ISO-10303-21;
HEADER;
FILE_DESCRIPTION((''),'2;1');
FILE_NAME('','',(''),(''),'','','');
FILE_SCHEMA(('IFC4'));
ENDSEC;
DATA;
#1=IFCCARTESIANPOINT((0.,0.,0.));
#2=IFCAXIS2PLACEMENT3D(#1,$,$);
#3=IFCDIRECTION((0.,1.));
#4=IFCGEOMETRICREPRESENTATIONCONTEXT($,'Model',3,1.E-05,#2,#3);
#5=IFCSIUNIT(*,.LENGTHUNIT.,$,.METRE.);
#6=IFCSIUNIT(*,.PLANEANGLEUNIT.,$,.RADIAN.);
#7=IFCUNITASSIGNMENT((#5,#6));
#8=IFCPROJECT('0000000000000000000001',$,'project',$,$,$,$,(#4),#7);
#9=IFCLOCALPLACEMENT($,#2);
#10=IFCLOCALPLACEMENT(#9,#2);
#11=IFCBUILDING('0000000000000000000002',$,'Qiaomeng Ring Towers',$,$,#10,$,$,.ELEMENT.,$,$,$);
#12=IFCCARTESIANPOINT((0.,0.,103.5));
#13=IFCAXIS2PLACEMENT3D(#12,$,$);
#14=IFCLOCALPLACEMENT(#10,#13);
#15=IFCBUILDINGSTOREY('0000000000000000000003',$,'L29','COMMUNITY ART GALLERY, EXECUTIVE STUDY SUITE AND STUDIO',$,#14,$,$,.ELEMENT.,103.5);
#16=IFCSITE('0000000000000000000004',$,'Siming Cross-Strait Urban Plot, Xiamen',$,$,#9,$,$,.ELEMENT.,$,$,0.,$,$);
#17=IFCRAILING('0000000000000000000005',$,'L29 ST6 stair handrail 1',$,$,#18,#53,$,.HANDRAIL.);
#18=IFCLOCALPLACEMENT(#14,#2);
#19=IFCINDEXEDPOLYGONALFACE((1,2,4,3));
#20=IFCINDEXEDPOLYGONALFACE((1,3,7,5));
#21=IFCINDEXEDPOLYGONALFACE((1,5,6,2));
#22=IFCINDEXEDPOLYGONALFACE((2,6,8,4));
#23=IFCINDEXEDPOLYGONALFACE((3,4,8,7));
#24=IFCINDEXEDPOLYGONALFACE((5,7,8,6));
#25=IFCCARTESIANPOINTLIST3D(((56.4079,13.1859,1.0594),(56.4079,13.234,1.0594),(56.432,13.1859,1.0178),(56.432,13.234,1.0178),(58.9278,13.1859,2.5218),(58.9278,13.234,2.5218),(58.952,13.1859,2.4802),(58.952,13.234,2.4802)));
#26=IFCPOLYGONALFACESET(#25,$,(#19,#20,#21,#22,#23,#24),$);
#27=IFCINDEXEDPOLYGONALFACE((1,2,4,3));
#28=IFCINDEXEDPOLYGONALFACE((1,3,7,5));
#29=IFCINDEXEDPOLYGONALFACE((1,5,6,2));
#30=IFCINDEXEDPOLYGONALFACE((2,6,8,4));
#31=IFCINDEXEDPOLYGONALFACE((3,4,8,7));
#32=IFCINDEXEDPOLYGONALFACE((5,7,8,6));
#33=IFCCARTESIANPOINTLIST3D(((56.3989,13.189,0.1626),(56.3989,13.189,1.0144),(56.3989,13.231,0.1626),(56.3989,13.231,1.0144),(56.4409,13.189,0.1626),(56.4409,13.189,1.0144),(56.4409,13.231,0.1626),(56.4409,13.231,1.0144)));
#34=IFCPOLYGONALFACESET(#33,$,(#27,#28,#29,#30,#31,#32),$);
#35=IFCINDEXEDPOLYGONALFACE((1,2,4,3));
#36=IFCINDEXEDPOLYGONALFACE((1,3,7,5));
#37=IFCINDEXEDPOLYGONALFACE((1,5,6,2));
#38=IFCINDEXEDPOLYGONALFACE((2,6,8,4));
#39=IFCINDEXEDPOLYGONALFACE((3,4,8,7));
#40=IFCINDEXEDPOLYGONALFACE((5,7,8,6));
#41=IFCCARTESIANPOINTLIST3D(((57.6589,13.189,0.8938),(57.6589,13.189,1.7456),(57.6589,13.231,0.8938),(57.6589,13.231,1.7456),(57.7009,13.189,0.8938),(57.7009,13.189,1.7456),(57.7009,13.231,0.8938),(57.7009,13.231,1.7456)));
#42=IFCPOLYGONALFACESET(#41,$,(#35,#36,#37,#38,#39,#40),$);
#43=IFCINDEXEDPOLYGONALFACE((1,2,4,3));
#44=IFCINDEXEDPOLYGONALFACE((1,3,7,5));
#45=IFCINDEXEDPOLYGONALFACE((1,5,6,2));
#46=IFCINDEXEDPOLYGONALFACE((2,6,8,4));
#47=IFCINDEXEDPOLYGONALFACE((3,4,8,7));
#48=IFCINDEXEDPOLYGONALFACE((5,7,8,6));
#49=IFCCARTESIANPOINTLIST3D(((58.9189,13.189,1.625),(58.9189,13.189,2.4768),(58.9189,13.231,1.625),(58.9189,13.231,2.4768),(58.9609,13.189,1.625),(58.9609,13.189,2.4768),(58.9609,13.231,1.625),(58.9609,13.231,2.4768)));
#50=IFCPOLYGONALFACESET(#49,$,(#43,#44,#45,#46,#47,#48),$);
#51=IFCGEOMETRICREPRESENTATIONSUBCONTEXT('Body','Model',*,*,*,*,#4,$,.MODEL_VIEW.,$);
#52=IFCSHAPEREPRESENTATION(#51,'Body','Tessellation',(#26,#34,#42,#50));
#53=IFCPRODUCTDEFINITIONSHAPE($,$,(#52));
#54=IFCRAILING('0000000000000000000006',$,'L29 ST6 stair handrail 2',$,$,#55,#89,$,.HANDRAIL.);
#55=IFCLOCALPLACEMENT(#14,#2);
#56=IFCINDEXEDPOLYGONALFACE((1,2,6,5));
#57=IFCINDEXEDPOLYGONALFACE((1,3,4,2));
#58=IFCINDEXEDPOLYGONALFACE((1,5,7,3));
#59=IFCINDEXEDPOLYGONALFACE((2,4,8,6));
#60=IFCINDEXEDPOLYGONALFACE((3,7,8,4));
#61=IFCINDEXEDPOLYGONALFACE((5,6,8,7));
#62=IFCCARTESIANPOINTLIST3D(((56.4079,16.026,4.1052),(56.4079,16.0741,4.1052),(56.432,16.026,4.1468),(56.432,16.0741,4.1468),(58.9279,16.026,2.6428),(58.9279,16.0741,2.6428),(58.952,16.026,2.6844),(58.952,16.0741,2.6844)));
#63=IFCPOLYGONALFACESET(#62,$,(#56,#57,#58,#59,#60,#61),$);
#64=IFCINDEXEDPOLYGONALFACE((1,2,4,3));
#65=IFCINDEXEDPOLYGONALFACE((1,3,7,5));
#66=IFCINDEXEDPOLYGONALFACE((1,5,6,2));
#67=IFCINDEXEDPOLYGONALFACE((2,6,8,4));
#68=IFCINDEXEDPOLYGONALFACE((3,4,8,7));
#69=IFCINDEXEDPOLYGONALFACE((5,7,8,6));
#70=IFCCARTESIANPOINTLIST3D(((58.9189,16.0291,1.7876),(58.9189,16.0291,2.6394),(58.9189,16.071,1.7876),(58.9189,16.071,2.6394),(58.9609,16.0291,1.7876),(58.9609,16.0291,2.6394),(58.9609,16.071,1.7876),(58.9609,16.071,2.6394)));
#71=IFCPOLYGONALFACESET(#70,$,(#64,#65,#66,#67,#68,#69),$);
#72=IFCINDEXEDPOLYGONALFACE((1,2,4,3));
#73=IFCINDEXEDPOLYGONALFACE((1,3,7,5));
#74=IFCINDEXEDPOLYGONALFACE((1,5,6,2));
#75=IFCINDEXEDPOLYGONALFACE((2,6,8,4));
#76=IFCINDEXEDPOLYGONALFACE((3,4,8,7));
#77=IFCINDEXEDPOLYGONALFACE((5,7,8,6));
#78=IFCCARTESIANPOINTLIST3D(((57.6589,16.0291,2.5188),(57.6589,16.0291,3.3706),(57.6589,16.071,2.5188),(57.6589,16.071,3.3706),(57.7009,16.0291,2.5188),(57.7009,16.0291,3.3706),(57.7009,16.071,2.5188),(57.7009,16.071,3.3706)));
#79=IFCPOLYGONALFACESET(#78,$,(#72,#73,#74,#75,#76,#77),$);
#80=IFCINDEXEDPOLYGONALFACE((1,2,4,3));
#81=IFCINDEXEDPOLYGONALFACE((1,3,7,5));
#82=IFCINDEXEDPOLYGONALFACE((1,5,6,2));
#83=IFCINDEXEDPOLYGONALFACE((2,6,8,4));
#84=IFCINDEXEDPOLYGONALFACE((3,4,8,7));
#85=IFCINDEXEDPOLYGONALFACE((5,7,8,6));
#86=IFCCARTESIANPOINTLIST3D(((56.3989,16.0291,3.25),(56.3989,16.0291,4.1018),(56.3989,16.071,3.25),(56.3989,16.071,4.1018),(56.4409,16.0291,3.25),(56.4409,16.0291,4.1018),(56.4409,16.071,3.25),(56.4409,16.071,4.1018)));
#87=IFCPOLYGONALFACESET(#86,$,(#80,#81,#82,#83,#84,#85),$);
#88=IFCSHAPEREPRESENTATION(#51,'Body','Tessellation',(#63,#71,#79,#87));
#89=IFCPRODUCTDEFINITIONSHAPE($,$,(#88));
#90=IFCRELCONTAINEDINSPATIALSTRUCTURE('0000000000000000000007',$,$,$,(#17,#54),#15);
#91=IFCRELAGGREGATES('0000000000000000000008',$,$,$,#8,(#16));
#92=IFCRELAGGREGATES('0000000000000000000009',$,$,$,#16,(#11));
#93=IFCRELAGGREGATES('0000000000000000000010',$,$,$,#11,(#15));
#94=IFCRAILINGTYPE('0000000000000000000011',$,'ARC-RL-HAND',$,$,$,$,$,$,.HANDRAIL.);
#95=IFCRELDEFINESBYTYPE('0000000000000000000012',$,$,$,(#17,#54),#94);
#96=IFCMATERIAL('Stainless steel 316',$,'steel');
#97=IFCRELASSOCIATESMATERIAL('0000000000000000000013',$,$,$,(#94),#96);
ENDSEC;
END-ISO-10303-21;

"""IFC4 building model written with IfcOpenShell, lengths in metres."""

from ifc_helpers import new_model, si_unit, direction, frame, origin, origin_2d, place, context, subcontext, project, spatial, rectangle, extrude, material, type_object, element, save


model = new_model("IFC4")

# Units and contexts
model_context = context("Model", 3, precision=1e-05, world=origin(), true_north=direction((0.0, 1.0)))
body_context = subcontext(model_context, "Body", "Model", "MODEL_VIEW")
ifc_project = project(units=[si_unit("LENGTHUNIT", "METRE"), si_unit("PLANEANGLEUNIT", "RADIAN")], contexts=[model_context])

# Site, building, storey
site_placement = place(None, origin())
site = spatial("IfcSite", under=ifc_project, at=site_placement, Name="Siming Cross-Strait Urban Plot, Xiamen", CompositionType="ELEMENT", RefElevation=0.0)
building_placement = place(site_placement, origin())
building = spatial("IfcBuilding", under=site, at=building_placement, Name="Qiaomeng Ring Towers", CompositionType="ELEMENT")
storey_placement = place(building_placement, frame((0.0, 0.0, 103.5)))
storey = spatial("IfcBuildingStorey", under=building, at=storey_placement, Name="L29", Description="COMMUNITY ART GALLERY, EXECUTIVE STUDY SUITE AND STUDIO", CompositionType="ELEMENT", Elevation=103.5)

# Shared definitions
ifc_material_1 = material(Name="Stainless steel 316", Category="steel")

# Railings
railing_type_1 = type_object("IfcRailingType", Name="ARC-RL-HAND", PredefinedType="HANDRAIL", material=ifc_material_1)
railing_1_placement = place(storey_placement, frame((56.4199, 13.21, 0.1626)))
element("IfcRailing", 1, at=railing_1_placement, inside=storey, type_object=railing_type_1, Name="L29 ST6 stair handrail 1", PredefinedType="HANDRAIL", context=body_context, shape_type="SweptSolid", body=[
    extrude(rectangle(XDim=0.0481, YDim=0.0481, at=origin_2d()), frame((0.0, 0.0, 0.876), z_axis=(0.864913, 0.0, 0.501921), x_axis=(0.0, 1.0, 0.0)), (0.0, 0.0, 1.0), 2.9136),
    extrude(rectangle(XDim=0.042, YDim=0.042, at=origin_2d()), origin(), (0.0, 0.0, 1.0), 0.8518),
    extrude(rectangle(XDim=0.042, YDim=0.042, at=origin_2d()), frame((1.26, 0.0, 0.7312)), (0.0, 0.0, 1.0), 0.8518),
    extrude(rectangle(XDim=0.042, YDim=0.042, at=origin_2d()), frame((2.52, 0.0, 1.4624)), (0.0, 0.0, 1.0), 0.8518),
])
railing_2_placement = place(storey_placement, frame((58.9399, 16.05, 1.7876)))
element("IfcRailing", 2, at=railing_2_placement, inside=storey, type_object=railing_type_1, Name="L29 ST6 stair handrail 2", PredefinedType="HANDRAIL", context=body_context, shape_type="SweptSolid", body=[
    extrude(rectangle(XDim=0.0481, YDim=0.0481, at=origin_2d()), frame((0.0, 0.0, 0.876), z_axis=(-0.864913, 0.0, 0.501921), x_axis=(0.0, -1.0, 0.0)), (0.0, 0.0, 1.0), 2.9136),
    extrude(rectangle(XDim=0.042, YDim=0.042, at=origin_2d()), origin(), (0.0, 0.0, 1.0), 0.8518),
    extrude(rectangle(XDim=0.042, YDim=0.042, at=origin_2d()), frame((-1.26, 0.0, 0.7312)), (0.0, 0.0, 1.0), 0.8518),
    extrude(rectangle(XDim=0.042, YDim=0.042, at=origin_2d()), frame((-2.52, 0.0, 1.4624)), (0.0, 0.0, 1.0), 0.8518),
])

save(model, "model.ifc")
